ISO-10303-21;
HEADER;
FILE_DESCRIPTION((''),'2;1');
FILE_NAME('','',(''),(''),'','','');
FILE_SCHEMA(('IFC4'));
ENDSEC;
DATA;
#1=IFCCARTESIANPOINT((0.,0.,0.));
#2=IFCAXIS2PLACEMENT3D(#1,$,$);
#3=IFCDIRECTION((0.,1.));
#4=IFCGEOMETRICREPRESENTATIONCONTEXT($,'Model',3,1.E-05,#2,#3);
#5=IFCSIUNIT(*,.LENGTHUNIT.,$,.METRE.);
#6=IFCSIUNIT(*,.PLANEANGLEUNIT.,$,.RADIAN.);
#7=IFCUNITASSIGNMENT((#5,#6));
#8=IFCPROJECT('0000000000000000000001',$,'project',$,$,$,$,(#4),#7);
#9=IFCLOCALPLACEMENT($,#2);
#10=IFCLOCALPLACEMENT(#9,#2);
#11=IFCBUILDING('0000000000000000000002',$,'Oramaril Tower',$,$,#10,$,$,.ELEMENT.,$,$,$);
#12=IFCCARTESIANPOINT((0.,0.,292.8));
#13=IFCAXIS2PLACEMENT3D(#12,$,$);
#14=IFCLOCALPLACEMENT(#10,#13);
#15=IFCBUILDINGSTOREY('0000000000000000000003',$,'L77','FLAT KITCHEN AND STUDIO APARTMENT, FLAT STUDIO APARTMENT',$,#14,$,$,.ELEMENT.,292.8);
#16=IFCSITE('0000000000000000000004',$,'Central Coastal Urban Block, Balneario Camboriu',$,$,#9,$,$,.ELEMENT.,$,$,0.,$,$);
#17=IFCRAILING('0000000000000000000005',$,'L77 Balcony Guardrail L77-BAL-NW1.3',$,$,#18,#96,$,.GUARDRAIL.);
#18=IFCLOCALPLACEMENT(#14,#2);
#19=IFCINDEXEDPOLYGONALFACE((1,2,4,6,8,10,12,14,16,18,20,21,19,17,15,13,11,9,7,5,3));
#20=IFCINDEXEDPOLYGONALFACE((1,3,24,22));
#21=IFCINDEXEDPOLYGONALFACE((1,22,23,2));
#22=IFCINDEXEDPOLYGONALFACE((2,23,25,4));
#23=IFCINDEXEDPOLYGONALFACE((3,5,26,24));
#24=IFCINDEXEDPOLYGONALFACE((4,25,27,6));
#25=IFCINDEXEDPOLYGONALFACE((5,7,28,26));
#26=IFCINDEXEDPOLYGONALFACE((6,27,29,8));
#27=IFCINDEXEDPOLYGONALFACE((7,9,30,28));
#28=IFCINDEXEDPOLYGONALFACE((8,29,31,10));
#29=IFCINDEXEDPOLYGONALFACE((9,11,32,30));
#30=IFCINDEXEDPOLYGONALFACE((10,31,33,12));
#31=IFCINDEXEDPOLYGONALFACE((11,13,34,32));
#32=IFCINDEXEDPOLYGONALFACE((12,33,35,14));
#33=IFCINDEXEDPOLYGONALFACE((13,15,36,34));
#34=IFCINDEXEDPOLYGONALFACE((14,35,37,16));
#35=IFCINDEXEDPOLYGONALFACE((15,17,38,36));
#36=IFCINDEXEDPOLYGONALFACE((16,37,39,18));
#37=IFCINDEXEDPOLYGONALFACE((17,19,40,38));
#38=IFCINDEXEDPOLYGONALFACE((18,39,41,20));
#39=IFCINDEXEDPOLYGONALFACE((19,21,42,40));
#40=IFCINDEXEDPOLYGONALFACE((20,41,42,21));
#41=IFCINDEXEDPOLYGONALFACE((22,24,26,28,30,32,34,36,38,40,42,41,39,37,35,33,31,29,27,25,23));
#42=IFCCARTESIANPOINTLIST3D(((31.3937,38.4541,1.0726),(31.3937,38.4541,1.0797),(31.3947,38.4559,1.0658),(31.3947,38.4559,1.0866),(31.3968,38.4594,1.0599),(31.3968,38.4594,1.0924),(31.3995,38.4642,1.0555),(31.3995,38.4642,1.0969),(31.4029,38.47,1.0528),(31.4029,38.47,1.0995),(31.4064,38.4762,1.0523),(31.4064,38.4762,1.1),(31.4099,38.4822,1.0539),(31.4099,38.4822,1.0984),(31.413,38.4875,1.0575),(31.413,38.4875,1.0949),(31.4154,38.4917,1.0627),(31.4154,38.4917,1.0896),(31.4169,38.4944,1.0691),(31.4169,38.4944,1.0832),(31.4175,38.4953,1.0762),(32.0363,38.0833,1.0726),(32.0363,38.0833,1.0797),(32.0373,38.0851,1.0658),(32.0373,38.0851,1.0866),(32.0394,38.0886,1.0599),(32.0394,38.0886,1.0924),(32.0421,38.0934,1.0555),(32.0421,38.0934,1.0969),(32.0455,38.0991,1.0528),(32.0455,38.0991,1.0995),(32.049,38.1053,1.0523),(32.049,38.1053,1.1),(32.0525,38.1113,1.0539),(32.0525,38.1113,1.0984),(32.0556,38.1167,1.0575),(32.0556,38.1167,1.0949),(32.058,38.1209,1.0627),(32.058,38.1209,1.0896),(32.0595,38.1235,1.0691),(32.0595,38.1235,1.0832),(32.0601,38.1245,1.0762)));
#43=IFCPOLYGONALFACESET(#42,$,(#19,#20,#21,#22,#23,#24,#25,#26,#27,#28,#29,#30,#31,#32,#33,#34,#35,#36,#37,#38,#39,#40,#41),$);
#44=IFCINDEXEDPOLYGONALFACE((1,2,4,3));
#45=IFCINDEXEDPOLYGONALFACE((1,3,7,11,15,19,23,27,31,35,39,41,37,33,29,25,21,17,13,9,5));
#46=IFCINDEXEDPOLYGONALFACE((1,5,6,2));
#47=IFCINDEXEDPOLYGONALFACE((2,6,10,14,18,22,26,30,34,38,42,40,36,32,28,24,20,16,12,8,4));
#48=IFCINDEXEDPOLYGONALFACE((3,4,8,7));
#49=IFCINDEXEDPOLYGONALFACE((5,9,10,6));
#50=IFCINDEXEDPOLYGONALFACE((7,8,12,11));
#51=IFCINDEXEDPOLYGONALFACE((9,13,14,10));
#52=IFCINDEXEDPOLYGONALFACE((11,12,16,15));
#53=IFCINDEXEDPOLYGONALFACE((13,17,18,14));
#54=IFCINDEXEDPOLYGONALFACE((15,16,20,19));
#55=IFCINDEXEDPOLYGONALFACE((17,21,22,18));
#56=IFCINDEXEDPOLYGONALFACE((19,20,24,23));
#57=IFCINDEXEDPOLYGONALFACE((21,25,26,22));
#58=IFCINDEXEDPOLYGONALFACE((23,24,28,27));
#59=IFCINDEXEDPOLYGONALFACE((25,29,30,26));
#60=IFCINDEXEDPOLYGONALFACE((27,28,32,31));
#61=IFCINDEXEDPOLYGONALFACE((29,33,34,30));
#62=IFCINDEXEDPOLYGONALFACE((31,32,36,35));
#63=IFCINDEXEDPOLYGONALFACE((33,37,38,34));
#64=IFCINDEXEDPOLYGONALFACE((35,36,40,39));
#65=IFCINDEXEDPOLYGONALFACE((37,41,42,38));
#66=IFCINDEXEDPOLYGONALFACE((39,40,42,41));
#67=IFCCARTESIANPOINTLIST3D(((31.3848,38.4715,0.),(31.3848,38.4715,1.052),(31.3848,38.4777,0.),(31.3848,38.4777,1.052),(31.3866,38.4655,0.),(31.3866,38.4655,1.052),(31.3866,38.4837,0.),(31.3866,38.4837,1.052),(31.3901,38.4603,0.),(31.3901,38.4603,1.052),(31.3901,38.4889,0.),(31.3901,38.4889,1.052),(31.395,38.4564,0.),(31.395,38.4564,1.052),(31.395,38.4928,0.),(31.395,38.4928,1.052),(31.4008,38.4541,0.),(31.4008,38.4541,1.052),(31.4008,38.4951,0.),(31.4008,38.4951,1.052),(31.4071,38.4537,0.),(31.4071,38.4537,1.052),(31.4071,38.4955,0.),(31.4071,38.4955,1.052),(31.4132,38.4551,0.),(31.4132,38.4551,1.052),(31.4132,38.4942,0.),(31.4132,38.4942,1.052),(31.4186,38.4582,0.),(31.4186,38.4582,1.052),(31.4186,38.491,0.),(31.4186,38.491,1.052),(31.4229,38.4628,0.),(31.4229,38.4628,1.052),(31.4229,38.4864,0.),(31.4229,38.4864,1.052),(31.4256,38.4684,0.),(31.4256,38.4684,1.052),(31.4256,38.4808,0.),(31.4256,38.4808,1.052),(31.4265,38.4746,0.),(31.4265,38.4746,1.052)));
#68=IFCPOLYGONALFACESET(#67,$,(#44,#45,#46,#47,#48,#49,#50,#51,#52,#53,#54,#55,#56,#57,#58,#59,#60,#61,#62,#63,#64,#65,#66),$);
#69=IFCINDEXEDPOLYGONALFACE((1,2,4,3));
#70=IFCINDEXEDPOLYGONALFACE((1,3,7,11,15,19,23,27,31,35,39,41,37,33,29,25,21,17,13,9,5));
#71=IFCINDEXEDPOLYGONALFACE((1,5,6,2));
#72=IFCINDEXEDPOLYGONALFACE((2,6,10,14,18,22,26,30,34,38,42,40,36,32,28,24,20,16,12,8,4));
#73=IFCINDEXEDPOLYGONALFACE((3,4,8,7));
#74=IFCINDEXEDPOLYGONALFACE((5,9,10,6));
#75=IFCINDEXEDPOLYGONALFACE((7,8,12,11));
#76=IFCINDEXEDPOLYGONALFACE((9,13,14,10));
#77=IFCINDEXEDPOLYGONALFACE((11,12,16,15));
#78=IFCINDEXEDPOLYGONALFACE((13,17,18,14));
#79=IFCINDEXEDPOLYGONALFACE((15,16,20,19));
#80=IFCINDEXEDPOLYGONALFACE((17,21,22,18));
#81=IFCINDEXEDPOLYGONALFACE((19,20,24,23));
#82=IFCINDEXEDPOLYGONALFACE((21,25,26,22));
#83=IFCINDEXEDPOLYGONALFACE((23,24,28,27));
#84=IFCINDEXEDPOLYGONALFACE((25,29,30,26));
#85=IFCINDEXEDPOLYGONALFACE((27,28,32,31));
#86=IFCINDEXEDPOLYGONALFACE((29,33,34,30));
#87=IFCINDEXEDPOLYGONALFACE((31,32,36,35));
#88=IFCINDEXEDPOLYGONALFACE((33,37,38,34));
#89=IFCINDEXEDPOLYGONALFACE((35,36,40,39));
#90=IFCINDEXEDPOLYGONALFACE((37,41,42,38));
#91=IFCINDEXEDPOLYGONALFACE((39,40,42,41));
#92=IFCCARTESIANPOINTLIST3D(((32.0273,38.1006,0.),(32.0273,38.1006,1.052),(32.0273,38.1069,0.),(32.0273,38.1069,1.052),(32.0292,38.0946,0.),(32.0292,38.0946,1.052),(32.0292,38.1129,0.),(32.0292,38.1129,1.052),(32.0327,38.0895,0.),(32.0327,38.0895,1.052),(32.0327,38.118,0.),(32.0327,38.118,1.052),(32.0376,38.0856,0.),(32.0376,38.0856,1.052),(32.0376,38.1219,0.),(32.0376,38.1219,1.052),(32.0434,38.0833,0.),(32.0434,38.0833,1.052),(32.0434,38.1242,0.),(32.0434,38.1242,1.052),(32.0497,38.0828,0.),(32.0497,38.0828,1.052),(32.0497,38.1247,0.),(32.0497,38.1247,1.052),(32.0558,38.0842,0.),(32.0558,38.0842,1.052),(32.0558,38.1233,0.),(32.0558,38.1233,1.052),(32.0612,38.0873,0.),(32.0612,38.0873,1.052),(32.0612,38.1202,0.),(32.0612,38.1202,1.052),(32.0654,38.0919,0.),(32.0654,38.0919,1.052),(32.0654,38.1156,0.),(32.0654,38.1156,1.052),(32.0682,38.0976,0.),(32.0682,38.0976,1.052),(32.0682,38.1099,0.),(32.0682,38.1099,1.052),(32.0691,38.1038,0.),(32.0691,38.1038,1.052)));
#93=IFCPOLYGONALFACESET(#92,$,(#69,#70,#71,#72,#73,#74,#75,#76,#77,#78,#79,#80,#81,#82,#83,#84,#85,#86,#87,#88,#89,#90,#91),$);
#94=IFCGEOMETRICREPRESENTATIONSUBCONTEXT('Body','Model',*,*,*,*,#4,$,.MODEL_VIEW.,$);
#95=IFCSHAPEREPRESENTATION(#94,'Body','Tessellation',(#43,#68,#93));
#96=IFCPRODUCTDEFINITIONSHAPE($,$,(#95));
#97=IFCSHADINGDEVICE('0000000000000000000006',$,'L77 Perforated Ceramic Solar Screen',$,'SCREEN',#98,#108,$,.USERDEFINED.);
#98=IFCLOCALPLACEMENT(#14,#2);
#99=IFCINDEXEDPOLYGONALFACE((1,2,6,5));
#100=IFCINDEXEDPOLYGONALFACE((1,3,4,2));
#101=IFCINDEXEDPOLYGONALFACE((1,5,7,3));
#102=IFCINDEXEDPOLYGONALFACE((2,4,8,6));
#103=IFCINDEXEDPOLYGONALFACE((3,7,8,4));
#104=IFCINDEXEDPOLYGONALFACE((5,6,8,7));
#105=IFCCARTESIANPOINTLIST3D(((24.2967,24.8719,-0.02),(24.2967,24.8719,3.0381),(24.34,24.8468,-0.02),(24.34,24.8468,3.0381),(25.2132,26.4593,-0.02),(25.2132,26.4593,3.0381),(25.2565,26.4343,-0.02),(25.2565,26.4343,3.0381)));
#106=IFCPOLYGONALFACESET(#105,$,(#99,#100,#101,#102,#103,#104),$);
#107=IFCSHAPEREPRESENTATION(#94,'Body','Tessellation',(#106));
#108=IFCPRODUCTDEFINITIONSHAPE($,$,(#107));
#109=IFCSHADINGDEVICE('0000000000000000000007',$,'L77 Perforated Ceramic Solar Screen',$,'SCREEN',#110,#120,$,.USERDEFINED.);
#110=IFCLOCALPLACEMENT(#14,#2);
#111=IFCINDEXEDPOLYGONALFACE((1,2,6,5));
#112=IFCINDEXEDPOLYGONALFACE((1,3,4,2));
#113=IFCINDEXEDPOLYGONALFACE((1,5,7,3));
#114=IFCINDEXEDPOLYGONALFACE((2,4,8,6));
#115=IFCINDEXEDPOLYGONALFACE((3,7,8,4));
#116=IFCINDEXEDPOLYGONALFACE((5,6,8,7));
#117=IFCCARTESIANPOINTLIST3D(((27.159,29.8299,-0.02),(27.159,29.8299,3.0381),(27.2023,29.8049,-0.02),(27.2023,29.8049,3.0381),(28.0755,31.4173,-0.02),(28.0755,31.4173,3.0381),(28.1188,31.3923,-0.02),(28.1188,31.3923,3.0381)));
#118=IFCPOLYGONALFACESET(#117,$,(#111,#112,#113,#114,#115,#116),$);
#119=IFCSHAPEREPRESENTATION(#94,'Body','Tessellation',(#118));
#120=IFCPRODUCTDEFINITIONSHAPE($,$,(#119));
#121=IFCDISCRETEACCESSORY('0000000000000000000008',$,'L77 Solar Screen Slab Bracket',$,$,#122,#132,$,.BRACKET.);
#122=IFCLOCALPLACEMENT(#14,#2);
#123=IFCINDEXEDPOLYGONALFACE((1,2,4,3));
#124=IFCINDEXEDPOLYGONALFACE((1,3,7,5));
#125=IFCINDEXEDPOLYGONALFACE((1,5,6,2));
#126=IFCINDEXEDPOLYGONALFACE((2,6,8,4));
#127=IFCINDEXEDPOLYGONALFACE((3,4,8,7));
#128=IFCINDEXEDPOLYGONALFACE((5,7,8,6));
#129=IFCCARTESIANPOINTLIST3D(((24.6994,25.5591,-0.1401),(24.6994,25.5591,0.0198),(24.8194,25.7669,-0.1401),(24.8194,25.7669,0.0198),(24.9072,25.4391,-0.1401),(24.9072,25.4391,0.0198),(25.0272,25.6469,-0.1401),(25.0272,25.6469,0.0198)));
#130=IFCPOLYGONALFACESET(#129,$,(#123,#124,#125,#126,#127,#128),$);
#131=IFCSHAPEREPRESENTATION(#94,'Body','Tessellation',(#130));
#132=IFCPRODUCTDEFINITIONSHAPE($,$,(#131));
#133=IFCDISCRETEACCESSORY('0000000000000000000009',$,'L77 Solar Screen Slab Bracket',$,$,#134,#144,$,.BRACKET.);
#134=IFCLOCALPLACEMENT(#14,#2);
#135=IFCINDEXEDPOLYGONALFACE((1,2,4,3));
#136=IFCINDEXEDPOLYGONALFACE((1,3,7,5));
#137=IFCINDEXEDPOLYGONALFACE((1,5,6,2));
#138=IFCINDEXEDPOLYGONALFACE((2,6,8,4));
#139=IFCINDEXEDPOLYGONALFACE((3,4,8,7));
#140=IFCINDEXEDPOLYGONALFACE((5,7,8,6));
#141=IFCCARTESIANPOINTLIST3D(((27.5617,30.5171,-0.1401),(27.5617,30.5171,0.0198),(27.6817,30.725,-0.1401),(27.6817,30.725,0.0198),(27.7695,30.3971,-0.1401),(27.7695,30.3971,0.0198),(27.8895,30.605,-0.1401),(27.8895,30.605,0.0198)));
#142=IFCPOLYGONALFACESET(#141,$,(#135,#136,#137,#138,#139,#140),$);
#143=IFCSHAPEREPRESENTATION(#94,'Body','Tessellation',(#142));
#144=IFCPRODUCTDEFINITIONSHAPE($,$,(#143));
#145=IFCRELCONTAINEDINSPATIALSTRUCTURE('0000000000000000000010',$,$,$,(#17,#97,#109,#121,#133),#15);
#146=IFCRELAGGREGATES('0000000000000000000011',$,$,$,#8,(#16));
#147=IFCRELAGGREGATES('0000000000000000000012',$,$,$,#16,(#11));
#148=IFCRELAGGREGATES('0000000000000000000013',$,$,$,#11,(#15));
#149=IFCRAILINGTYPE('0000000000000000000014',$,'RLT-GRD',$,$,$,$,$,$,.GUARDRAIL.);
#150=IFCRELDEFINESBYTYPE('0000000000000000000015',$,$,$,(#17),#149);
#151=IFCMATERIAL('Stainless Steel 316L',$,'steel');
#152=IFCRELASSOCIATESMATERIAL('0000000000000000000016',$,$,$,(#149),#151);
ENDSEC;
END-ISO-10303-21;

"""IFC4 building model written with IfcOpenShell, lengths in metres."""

from ifc_helpers import new_model, si_unit, direction, frame, origin, origin_2d, place, context, subcontext, project, spatial, rectangle, circle, extrude, material, type_object, element, save


model = new_model("IFC4")

# Units and contexts
model_context = context("Model", 3, precision=1e-05, world=origin(), true_north=direction((0.0, 1.0)))
body_context = subcontext(model_context, "Body", "Model", "MODEL_VIEW")
ifc_project = project(units=[si_unit("LENGTHUNIT", "METRE"), si_unit("PLANEANGLEUNIT", "RADIAN")], contexts=[model_context])

# Site, building, storey
site_placement = place(None, origin())
site = spatial("IfcSite", under=ifc_project, at=site_placement, Name="Central Coastal Urban Block, Balneario Camboriu", CompositionType="ELEMENT", RefElevation=0.0)
building_placement = place(site_placement, origin())
building = spatial("IfcBuilding", under=site, at=building_placement, Name="Oramaril Tower", CompositionType="ELEMENT")
storey_placement = place(building_placement, frame((0.0, 0.0, 292.8)))
storey = spatial("IfcBuildingStorey", under=building, at=storey_placement, Name="L77", Description="FLAT KITCHEN AND STUDIO APARTMENT, FLAT STUDIO APARTMENT", CompositionType="ELEMENT", Elevation=292.8)

# Railing
ifc_material_1 = material(Name="Stainless Steel 316L", Category="steel")
railing_type = type_object("IfcRailingType", Name="RLT-GRD", PredefinedType="GUARDRAIL", material=ifc_material_1)
railing_1_placement = place(storey_placement, frame((31.4055, 38.4746, 0.0)))
element("IfcRailing", 1, at=railing_1_placement, inside=storey, type_object=railing_type, Name="L77 Balcony Guardrail L77-BAL-NW1.3", PredefinedType="GUARDRAIL", context=body_context, shape_type="SweptSolid", body=[
    extrude(circle(Radius=0.0239, at=origin_2d()), frame((0.0, 0.0, 1.0762), z_axis=(0.866109, -0.499855, 0.0), x_axis=(0.499855, 0.866109, 0.0)), (0.0, 0.0, 1.0), 0.7419),
    extrude(circle(Radius=0.021, at=origin_2d()), origin(), (0.0, 0.0, 1.0), 1.052),
    extrude(circle(Radius=0.021, at=origin_2d()), frame((0.6426, -0.3708, 0.0)), (0.0, 0.0, 1.0), 1.052),
])

# Shading devices
for number, where, z_axis, x_axis, name in (
    (2, (24.7766, 25.6531, -0.02), (0.0, 0.0, 1.0), (-0.5, -0.866025, 0.0), "L77 Perforated Ceramic Solar Screen"),
    (3, (27.6389, 30.6111, -0.02), (0.0, 0.0, 1.0), (-0.5, -0.866025, 0.0), "L77 Perforated Ceramic Solar Screen"),
):
    element("IfcShadingDevice", number, at=place(storey_placement, frame(where, z_axis=z_axis, x_axis=x_axis)), inside=storey, Name=name, ObjectType="SCREEN", PredefinedType="USERDEFINED", context=body_context, shape_type="SweptSolid", body=[
        extrude(rectangle(XDim=1.833, YDim=0.05, at=origin_2d()), origin(), (0.0, 0.0, 1.0), 3.0581),
    ])

# Discrete accessories
for number, where, z_axis, x_axis, name in (
    (4, (24.8633, 25.603, -0.1401), (0.0, 0.0, 1.0), (-0.5, -0.866025, 0.0), "L77 Solar Screen Slab Bracket"),
    (5, (27.7256, 30.561, -0.1401), (0.0, 0.0, 1.0), (-0.5, -0.866025, 0.0), "L77 Solar Screen Slab Bracket"),
):
    element("IfcDiscreteAccessory", number, at=place(storey_placement, frame(where, z_axis=z_axis, x_axis=x_axis)), inside=storey, Name=name, PredefinedType="BRACKET", context=body_context, shape_type="SweptSolid", body=[
        extrude(rectangle(XDim=0.24, YDim=0.24, at=origin_2d()), origin(), (0.0, 0.0, 1.0), 0.1599),
    ])

save(model, "model.ifc")
